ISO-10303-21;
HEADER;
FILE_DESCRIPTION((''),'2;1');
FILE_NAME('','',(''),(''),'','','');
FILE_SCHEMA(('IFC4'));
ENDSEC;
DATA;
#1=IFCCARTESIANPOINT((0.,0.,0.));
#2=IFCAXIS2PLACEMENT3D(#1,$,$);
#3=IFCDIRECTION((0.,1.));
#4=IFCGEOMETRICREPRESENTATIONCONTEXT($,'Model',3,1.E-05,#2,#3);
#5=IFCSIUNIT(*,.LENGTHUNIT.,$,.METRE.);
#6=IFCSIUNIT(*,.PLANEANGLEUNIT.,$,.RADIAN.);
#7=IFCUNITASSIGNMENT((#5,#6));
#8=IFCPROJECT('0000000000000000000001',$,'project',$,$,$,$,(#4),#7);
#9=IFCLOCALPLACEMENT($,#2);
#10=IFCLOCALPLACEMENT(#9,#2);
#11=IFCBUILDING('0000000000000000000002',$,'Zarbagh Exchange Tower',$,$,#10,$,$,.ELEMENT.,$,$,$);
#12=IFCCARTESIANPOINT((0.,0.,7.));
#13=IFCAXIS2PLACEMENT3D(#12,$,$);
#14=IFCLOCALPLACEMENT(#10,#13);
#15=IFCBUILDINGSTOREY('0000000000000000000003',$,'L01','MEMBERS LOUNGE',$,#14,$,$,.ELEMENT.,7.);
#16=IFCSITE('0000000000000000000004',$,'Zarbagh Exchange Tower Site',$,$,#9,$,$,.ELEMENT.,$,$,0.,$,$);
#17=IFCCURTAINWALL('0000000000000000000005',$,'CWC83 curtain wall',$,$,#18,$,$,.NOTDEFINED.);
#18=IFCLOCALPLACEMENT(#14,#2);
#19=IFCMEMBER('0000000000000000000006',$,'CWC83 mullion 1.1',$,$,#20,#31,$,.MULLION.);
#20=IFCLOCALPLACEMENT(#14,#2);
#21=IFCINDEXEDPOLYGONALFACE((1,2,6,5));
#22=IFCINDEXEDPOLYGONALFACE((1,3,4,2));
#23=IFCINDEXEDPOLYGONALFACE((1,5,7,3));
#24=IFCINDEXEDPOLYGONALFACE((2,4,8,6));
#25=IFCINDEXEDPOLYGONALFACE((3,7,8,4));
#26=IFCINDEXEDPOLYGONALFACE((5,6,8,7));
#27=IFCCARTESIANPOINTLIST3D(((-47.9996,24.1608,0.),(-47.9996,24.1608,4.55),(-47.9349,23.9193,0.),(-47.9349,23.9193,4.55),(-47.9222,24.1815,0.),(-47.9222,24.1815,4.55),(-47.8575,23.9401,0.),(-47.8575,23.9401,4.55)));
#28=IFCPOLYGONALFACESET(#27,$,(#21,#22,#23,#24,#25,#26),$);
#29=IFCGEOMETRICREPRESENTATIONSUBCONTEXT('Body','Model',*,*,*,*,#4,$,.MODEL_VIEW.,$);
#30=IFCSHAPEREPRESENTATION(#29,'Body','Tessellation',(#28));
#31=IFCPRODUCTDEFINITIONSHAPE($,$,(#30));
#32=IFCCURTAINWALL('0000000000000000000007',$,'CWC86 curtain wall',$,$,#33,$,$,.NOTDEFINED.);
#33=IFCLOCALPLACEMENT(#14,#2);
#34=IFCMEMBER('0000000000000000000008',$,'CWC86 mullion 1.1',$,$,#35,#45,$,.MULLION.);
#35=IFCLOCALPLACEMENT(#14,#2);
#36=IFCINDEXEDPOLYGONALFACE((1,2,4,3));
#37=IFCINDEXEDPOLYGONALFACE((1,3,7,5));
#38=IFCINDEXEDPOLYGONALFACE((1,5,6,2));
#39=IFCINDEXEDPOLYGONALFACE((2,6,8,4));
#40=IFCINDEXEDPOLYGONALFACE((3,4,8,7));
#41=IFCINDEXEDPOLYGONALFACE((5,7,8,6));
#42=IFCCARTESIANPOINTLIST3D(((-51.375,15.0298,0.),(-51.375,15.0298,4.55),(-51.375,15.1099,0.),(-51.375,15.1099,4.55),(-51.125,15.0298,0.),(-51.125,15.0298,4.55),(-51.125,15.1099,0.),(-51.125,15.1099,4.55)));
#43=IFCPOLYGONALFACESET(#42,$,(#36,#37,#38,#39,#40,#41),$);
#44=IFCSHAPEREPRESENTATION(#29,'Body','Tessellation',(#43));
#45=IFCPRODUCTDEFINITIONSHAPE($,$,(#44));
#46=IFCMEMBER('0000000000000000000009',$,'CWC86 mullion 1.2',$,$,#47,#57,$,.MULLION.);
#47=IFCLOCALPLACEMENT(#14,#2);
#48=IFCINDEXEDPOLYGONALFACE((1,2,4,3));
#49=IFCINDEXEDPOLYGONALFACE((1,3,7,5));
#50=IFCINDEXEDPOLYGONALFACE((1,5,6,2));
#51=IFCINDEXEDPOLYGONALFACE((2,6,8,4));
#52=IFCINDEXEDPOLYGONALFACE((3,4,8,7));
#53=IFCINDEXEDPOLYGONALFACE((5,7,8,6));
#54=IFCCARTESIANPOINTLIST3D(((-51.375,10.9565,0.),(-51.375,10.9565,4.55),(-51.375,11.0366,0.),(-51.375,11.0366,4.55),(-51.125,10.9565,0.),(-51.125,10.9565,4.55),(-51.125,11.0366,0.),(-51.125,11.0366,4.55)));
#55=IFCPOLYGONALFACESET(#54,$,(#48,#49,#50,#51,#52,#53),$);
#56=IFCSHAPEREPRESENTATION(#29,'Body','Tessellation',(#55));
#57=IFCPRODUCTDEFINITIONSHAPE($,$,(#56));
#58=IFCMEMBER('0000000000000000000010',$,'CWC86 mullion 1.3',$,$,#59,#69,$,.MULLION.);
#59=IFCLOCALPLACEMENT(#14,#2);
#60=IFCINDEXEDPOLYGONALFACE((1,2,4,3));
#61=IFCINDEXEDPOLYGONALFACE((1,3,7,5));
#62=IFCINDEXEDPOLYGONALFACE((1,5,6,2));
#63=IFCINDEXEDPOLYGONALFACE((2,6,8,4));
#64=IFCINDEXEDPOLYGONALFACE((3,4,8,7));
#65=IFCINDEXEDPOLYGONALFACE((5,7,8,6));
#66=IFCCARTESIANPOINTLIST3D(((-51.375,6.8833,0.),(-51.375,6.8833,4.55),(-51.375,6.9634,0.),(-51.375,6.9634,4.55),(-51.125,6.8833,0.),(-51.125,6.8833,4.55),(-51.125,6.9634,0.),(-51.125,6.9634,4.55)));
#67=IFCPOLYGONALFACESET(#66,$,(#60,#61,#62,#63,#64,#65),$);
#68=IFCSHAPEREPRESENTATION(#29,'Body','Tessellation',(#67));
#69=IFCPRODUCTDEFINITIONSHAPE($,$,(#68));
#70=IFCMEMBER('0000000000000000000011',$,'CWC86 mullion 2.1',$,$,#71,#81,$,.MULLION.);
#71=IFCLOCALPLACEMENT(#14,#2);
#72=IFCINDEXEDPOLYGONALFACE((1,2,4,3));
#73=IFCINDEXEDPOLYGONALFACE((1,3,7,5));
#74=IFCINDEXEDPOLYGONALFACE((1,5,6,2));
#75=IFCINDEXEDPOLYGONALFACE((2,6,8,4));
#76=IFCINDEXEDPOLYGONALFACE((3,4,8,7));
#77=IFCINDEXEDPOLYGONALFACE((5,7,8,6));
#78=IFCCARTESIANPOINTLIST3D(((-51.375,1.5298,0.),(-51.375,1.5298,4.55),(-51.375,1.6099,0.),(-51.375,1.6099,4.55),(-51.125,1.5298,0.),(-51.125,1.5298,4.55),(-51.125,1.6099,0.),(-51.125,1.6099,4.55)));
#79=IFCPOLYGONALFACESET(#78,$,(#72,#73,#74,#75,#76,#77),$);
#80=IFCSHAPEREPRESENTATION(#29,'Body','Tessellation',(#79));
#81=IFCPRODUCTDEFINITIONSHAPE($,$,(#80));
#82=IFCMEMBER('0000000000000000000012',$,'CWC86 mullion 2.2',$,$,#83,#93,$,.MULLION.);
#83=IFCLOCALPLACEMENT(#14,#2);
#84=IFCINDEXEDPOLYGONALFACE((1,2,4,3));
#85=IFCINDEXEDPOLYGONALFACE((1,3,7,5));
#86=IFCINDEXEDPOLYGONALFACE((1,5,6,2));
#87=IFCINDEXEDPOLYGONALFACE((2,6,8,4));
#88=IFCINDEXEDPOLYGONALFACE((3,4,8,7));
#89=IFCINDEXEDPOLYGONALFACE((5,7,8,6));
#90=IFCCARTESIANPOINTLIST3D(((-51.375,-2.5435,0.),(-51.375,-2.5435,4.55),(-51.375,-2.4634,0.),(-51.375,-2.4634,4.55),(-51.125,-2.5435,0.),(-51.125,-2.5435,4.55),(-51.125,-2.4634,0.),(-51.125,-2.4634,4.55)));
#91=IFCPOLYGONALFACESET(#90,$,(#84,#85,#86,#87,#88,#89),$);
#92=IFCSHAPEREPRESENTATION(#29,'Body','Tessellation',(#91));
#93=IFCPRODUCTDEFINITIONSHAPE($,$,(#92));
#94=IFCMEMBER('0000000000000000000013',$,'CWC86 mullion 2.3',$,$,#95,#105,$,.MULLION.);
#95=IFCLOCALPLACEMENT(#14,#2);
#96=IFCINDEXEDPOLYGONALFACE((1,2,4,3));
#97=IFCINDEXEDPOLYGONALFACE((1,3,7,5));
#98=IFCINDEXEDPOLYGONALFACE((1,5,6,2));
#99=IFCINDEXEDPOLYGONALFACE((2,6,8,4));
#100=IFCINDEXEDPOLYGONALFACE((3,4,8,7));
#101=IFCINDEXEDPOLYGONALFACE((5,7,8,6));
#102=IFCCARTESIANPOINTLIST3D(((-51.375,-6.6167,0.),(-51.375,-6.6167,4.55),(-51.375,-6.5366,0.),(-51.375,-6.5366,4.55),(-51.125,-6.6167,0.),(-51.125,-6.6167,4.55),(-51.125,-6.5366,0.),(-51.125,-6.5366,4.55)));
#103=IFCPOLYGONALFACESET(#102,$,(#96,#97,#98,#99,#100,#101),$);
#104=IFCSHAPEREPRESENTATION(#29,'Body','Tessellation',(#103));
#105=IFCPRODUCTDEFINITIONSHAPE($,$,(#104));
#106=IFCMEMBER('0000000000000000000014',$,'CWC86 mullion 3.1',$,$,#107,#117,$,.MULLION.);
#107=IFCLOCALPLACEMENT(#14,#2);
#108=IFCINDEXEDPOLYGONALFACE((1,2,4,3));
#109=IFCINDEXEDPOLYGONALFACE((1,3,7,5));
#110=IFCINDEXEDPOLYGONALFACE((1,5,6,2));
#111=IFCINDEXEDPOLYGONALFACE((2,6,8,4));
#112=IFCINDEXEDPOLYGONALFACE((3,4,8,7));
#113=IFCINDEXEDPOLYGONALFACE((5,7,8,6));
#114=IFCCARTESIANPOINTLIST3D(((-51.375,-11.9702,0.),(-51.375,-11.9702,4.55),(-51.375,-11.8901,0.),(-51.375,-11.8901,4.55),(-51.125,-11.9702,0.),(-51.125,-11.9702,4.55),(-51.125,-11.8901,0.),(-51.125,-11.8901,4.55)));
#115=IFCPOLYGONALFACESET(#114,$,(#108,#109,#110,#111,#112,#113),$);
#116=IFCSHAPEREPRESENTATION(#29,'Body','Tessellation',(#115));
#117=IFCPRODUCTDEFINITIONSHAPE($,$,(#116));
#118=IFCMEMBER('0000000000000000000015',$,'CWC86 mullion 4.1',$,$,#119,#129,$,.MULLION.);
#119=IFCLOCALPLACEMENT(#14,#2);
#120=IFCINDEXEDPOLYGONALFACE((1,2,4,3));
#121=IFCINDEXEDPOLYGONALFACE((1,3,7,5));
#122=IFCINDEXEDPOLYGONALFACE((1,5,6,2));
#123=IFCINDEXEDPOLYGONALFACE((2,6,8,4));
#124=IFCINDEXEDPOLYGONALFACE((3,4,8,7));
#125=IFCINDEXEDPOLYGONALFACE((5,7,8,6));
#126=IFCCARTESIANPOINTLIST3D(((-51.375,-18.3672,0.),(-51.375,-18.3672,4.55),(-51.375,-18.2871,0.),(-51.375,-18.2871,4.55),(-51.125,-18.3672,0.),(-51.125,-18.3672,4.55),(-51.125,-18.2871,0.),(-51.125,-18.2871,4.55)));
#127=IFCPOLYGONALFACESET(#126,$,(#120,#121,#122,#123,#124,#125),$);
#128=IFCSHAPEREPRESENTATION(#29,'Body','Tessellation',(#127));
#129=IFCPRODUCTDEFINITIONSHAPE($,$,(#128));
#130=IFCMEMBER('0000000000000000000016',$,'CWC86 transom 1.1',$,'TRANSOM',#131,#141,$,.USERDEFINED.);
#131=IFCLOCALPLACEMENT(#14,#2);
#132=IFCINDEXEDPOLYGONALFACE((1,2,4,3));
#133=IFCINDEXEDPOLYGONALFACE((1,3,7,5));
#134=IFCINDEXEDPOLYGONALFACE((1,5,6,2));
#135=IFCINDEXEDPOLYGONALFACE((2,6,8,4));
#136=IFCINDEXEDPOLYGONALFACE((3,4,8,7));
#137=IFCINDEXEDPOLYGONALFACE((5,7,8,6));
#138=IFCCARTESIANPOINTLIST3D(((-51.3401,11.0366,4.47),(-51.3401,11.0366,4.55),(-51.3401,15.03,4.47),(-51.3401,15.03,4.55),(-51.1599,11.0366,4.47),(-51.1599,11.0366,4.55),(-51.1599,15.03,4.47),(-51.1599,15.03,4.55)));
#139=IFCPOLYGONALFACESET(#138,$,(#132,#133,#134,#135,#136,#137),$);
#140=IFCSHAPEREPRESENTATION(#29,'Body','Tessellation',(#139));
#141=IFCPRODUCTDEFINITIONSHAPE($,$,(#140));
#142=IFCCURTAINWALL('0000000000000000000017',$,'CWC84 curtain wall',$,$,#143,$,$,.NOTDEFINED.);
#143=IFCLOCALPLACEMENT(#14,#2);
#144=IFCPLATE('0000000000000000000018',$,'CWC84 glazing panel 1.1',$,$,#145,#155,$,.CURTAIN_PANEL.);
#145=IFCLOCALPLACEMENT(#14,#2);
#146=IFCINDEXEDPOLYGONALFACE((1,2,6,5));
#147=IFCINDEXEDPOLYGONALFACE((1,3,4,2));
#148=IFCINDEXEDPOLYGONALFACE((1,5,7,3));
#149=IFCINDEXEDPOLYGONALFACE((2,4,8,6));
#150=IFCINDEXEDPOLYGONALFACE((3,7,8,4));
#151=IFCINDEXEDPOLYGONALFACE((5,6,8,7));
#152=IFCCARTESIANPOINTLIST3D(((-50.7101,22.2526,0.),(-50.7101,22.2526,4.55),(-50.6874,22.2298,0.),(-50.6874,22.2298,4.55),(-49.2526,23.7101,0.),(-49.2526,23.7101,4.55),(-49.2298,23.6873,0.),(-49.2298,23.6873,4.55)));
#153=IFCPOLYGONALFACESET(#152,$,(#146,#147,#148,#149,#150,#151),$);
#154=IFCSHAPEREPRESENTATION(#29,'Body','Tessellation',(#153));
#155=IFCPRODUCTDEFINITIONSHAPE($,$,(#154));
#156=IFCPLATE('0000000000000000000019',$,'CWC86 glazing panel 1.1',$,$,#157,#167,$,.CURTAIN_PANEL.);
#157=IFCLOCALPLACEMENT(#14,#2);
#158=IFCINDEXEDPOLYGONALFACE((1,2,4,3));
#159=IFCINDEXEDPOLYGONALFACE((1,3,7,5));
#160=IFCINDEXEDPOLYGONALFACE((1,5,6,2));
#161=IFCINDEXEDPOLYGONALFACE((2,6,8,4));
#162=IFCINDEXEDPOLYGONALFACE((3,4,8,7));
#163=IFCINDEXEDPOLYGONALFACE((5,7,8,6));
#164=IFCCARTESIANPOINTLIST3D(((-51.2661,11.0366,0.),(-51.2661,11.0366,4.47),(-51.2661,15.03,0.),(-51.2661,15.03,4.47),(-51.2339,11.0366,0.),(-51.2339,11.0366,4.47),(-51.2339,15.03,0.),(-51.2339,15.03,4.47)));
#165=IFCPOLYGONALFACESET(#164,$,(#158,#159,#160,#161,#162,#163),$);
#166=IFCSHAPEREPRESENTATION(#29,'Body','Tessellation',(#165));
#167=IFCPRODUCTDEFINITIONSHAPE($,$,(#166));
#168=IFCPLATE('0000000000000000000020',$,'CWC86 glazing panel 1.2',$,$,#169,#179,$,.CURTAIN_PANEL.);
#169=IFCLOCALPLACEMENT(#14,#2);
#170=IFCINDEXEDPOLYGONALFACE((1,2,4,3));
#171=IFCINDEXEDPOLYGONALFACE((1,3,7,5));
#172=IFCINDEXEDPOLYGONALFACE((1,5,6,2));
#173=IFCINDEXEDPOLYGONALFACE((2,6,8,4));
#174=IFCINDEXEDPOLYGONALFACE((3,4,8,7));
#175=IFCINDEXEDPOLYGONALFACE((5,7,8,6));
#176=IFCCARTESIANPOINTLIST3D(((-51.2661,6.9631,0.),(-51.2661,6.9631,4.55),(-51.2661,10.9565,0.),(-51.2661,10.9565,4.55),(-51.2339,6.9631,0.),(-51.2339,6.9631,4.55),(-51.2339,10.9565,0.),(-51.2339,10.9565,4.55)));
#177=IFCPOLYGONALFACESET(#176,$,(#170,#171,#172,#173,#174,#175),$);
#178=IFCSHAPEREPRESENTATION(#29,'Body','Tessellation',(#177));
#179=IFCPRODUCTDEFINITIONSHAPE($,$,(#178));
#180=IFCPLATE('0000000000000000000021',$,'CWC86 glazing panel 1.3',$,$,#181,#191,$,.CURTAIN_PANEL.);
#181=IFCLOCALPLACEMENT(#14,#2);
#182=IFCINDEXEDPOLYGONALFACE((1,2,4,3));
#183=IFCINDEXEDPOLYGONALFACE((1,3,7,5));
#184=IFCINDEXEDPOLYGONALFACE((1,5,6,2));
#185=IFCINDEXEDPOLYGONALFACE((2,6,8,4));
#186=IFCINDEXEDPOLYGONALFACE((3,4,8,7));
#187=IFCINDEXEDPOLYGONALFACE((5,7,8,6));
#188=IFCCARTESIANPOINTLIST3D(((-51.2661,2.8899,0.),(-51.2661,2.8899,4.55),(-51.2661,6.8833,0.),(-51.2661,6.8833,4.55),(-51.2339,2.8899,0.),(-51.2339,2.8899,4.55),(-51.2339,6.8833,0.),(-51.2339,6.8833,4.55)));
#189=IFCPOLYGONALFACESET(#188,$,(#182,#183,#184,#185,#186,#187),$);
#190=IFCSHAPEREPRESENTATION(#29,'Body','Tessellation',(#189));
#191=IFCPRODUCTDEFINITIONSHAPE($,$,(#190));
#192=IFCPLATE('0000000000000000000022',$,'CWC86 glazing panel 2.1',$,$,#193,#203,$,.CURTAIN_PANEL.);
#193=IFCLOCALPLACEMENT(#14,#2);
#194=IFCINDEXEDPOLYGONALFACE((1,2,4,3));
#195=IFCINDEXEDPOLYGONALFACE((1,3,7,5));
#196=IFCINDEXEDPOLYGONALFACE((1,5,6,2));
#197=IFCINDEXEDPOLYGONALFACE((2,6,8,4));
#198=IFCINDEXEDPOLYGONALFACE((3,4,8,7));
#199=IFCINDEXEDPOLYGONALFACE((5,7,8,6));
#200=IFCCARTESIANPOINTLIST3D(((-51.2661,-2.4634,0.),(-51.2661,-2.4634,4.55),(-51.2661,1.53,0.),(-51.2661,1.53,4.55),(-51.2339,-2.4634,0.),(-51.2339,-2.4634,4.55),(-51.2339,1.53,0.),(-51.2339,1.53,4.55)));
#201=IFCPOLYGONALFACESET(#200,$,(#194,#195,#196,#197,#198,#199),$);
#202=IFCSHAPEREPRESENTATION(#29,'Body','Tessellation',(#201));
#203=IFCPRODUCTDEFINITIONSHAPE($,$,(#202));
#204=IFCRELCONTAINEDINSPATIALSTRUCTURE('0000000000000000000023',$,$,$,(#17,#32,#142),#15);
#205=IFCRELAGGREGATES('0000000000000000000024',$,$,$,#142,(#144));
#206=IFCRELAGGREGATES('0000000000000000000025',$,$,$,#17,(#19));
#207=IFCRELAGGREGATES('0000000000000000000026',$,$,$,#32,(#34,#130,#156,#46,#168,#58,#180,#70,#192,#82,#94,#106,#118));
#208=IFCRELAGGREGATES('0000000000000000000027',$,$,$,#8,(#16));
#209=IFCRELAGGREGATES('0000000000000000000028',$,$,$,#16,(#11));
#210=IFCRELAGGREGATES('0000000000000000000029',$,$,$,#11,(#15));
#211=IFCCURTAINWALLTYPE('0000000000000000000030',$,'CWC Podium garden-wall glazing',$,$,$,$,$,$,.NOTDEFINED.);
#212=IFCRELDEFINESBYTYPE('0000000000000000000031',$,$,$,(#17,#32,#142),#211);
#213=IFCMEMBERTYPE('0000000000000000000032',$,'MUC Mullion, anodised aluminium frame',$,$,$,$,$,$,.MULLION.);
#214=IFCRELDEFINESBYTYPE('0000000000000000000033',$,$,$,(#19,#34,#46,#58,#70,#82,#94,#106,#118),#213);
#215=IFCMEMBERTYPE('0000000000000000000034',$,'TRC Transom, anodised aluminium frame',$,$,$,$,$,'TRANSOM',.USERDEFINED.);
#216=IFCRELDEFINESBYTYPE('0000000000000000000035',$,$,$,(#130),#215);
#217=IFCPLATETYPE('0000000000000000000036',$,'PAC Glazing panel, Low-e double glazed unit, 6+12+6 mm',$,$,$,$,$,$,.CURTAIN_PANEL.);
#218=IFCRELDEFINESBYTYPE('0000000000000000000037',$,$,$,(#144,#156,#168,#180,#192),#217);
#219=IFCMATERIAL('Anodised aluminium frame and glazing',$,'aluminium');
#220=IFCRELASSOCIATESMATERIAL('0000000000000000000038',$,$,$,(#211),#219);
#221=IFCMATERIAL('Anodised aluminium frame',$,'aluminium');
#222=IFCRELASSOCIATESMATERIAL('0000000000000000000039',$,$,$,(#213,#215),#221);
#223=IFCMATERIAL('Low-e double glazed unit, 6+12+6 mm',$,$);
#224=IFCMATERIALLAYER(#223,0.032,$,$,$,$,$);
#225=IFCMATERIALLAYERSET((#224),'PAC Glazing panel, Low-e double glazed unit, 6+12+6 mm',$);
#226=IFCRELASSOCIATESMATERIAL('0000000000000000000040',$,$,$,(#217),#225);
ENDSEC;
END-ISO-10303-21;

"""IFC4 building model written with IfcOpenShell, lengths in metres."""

from ifc_helpers import new_model, si_unit, direction, frame, origin, place, context, subcontext, project, spatial, polyline, outline, extrude, source, transform, mapped, material, layer, layer_set, type_object, element, aggregate, save


model = new_model("IFC4")

# Units and contexts
model_context = context("Model", 3, precision=1e-05, world=origin(), true_north=direction((0.0, 1.0)))
body_context = subcontext(model_context, "Body", "Model", "MODEL_VIEW")
ifc_project = project(units=[si_unit("LENGTHUNIT", "METRE"), si_unit("PLANEANGLEUNIT", "RADIAN")], contexts=[model_context])

# Site, building, storey
site_placement = place(None, origin())
site = spatial("IfcSite", under=ifc_project, at=site_placement, Name="Zarbagh Exchange Tower Site", CompositionType="ELEMENT", RefElevation=0.0)
building_placement = place(site_placement, origin())
building = spatial("IfcBuilding", under=site, at=building_placement, Name="Zarbagh Exchange Tower", CompositionType="ELEMENT")
storey_placement = place(building_placement, frame((0.0, 0.0, 7.0)))
storey = spatial("IfcBuildingStorey", under=building, at=storey_placement, Name="L01", Description="MEMBERS LOUNGE", CompositionType="ELEMENT", Elevation=7.0)

# Curtain wall, member
ifc_material_1 = material(Name="Anodised aluminium frame and glazing", Category="aluminium")
curtain_wall_type = type_object("IfcCurtainWallType", Name="CWC Podium garden-wall glazing", PredefinedType="NOTDEFINED", material=ifc_material_1)
curtain_wall_1_placement = place(storey_placement, origin())
curtain_wall_1 = element("IfcCurtainWall", 1, at=curtain_wall_1_placement, inside=storey, type_object=curtain_wall_type, Name="CWC83 curtain wall", PredefinedType="NOTDEFINED")
ifc_material_2 = material(Name="Anodised aluminium frame", Category="aluminium")
member_type_1 = type_object("IfcMemberType", Name="MUC Mullion, anodised aluminium frame", PredefinedType="MULLION", material=ifc_material_2)
shared_shape_1 = source(origin(), body_context, "Body", "SweptSolid", [
    extrude(outline(polyline([(0.0, -0.125), (0.0801, -0.125), (0.0801, 0.125), (0.0, 0.125), (0.0, -0.125)])), origin(), (0.0, 0.0, 1.0), 4.55),
])
placement = place(storey_placement, origin())
member_1 = element("IfcMember", 2, at=placement, type_object=member_type_1, Name="CWC83 mullion 1.1", PredefinedType="MULLION", context=body_context, shape_type="MappedRepresentation", body=[
    mapped(shared_shape_1, transform((-47.8899, 24.0608, 0.0), x_axis=(-0.965924, -0.258825, 0.0), y_axis=(0.258825, -0.965924, 0.0), z_axis=(0.0, 0.0, 1.0))),
])

# Curtain wall, members
curtain_wall_2_placement = place(storey_placement, origin())
curtain_wall_2 = element("IfcCurtainWall", 3, at=curtain_wall_2_placement, inside=storey, type_object=curtain_wall_type, Name="CWC86 curtain wall", PredefinedType="NOTDEFINED")
member_2 = element("IfcMember", 4, at=placement, type_object=member_type_1, Name="CWC86 mullion 1.1", PredefinedType="MULLION", context=body_context, shape_type="MappedRepresentation", body=[
    mapped(shared_shape_1, transform((-51.25, 15.1099, 0.0), x_axis=(0.0, -1.0, 0.0), y_axis=(1.0, 0.0, 0.0), z_axis=(0.0, 0.0, 1.0))),
])
member_3 = element("IfcMember", 5, at=placement, type_object=member_type_1, Name="CWC86 mullion 1.2", PredefinedType="MULLION", context=body_context, shape_type="MappedRepresentation", body=[
    mapped(shared_shape_1, transform((-51.25, 11.0366, 0.0), x_axis=(0.0, -1.0, 0.0), y_axis=(1.0, 0.0, 0.0), z_axis=(0.0, 0.0, 1.0))),
])
member_4 = element("IfcMember", 6, at=placement, type_object=member_type_1, Name="CWC86 mullion 1.3", PredefinedType="MULLION", context=body_context, shape_type="MappedRepresentation", body=[
    mapped(shared_shape_1, transform((-51.25, 6.9634, 0.0), x_axis=(0.0, -1.0, 0.0), y_axis=(1.0, 0.0, 0.0), z_axis=(0.0, 0.0, 1.0))),
])
member_5 = element("IfcMember", 7, at=placement, type_object=member_type_1, Name="CWC86 mullion 2.1", PredefinedType="MULLION", context=body_context, shape_type="MappedRepresentation", body=[
    mapped(shared_shape_1, transform((-51.25, 1.6099, 0.0), x_axis=(0.0, -1.0, 0.0), y_axis=(1.0, 0.0, 0.0), z_axis=(0.0, 0.0, 1.0))),
])
member_6 = element("IfcMember", 8, at=placement, type_object=member_type_1, Name="CWC86 mullion 2.2", PredefinedType="MULLION", context=body_context, shape_type="MappedRepresentation", body=[
    mapped(shared_shape_1, transform((-51.25, -2.4634, 0.0), x_axis=(0.0, -1.0, 0.0), y_axis=(1.0, 0.0, 0.0), z_axis=(0.0, 0.0, 1.0))),
])
member_7 = element("IfcMember", 9, at=placement, type_object=member_type_1, Name="CWC86 mullion 2.3", PredefinedType="MULLION", context=body_context, shape_type="MappedRepresentation", body=[
    mapped(shared_shape_1, transform((-51.25, -6.5366, 0.0), x_axis=(0.0, -1.0, 0.0), y_axis=(1.0, 0.0, 0.0), z_axis=(0.0, 0.0, 1.0))),
])
member_8 = element("IfcMember", 10, at=placement, type_object=member_type_1, Name="CWC86 mullion 3.1", PredefinedType="MULLION", context=body_context, shape_type="MappedRepresentation", body=[
    mapped(shared_shape_1, transform((-51.25, -11.8901, 0.0), x_axis=(0.0, -1.0, 0.0), y_axis=(1.0, 0.0, 0.0), z_axis=(0.0, 0.0, 1.0))),
])
member_9 = element("IfcMember", 11, at=placement, type_object=member_type_1, Name="CWC86 mullion 4.1", PredefinedType="MULLION", context=body_context, shape_type="MappedRepresentation", body=[
    mapped(shared_shape_1, transform((-51.25, -18.2871, 0.0), x_axis=(0.0, -1.0, 0.0), y_axis=(1.0, 0.0, 0.0), z_axis=(0.0, 0.0, 1.0))),
])
member_type_2 = type_object("IfcMemberType", Name="TRC Transom, anodised aluminium frame", ElementType="TRANSOM", PredefinedType="USERDEFINED", material=ifc_material_2)
shared_shape_2 = source(origin(), body_context, "Body", "SweptSolid", [
    extrude(outline(polyline([(-0.0801, -0.0901), (0.0, -0.0901), (0.0, 0.0901), (-0.0801, 0.0901), (-0.0801, -0.0901)])), origin(), (0.0, 0.0, 1.0), 3.9934),
])
member_10 = element("IfcMember", 12, at=placement, type_object=member_type_2, Name="CWC86 transom 1.1", ObjectType="TRANSOM", PredefinedType="USERDEFINED", context=body_context, shape_type="MappedRepresentation", body=[
    mapped(shared_shape_2, transform((-51.25, 15.03, 4.55), x_axis=(0.0, 0.0, 1.0), y_axis=(-1.0, 0.0, 0.0), z_axis=(0.0, -1.0, 0.0))),
])

# Curtain wall, plate
curtain_wall_3_placement = place(storey_placement, origin())
curtain_wall_3 = element("IfcCurtainWall", 13, at=curtain_wall_3_placement, inside=storey, type_object=curtain_wall_type, Name="CWC84 curtain wall", PredefinedType="NOTDEFINED")
ifc_material_3 = material(Name="Low-e double glazed unit, 6+12+6 mm")
ifc_layer = layer(ifc_material_3, 0.032)
ifc_layer_set = layer_set([ifc_layer], Name="PAC Glazing panel, Low-e double glazed unit, 6+12+6 mm")
plate_type = type_object("IfcPlateType", Name="PAC Glazing panel, Low-e double glazed unit, 6+12+6 mm", PredefinedType="CURTAIN_PANEL", material=ifc_layer_set)
shared_shape_3 = source(origin(), body_context, "Body", "SweptSolid", [
    extrude(outline(polyline([(0.0, -0.0161), (2.0613, -0.0161), (2.0613, 0.0161), (0.0, 0.0161), (0.0, -0.0161)])), origin(), (0.0, 0.0, 1.0), 4.55),
])
plate_1 = element("IfcPlate", 14, at=placement, type_object=plate_type, Name="CWC84 glazing panel 1.1", PredefinedType="CURTAIN_PANEL", context=body_context, shape_type="MappedRepresentation", body=[
    mapped(shared_shape_3, transform((-49.2412, 23.6987, 0.0), x_axis=(-0.707107, -0.707107, 0.0), y_axis=(0.707107, -0.707107, 0.0), z_axis=(0.0, 0.0, 1.0))),
])
aggregate(curtain_wall_3, [plate_1])

# Plates
shared_shape_4 = source(origin(), body_context, "Body", "SweptSolid", [
    extrude(outline(polyline([(0.0, -0.0161), (3.9934, -0.0161), (3.9934, 0.0161), (0.0, 0.0161), (0.0, -0.0161)])), origin(), (0.0, 0.0, 1.0), 4.47),
])
plate_2 = element("IfcPlate", 15, at=placement, type_object=plate_type, Name="CWC86 glazing panel 1.1", PredefinedType="CURTAIN_PANEL", context=body_context, shape_type="MappedRepresentation", body=[
    mapped(shared_shape_4, transform((-51.25, 15.03, 0.0), x_axis=(0.0, -1.0, 0.0), y_axis=(1.0, 0.0, 0.0), z_axis=(0.0, 0.0, 1.0))),
])
shared_shape_5 = source(origin(), body_context, "Body", "SweptSolid", [
    extrude(outline(polyline([(0.0, -0.0161), (3.9934, -0.0161), (3.9934, 0.0161), (0.0, 0.0161), (0.0, -0.0161)])), origin(), (0.0, 0.0, 1.0), 4.55),
])
plate_3 = element("IfcPlate", 16, at=placement, type_object=plate_type, Name="CWC86 glazing panel 1.2", PredefinedType="CURTAIN_PANEL", context=body_context, shape_type="MappedRepresentation", body=[
    mapped(shared_shape_5, transform((-51.25, 10.9565, 0.0), x_axis=(0.0, -1.0, 0.0), y_axis=(1.0, 0.0, 0.0), z_axis=(0.0, 0.0, 1.0))),
])
plate_4 = element("IfcPlate", 17, at=placement, type_object=plate_type, Name="CWC86 glazing panel 1.3", PredefinedType="CURTAIN_PANEL", context=body_context, shape_type="MappedRepresentation", body=[
    mapped(shared_shape_5, transform((-51.25, 6.8833, 0.0), x_axis=(0.0, -1.0, 0.0), y_axis=(1.0, 0.0, 0.0), z_axis=(0.0, 0.0, 1.0))),
])
plate_5 = element("IfcPlate", 18, at=placement, type_object=plate_type, Name="CWC86 glazing panel 2.1", PredefinedType="CURTAIN_PANEL", context=body_context, shape_type="MappedRepresentation", body=[
    mapped(shared_shape_5, transform((-51.25, 1.53, 0.0), x_axis=(0.0, -1.0, 0.0), y_axis=(1.0, 0.0, 0.0), z_axis=(0.0, 0.0, 1.0))),
])
aggregate(curtain_wall_1, [member_1])

aggregate(curtain_wall_2, [member_2, member_10, plate_2, member_3, plate_3, member_4, plate_4, member_5, plate_5, member_6, member_7, member_8, member_9])

save(model, "model.ifc")
